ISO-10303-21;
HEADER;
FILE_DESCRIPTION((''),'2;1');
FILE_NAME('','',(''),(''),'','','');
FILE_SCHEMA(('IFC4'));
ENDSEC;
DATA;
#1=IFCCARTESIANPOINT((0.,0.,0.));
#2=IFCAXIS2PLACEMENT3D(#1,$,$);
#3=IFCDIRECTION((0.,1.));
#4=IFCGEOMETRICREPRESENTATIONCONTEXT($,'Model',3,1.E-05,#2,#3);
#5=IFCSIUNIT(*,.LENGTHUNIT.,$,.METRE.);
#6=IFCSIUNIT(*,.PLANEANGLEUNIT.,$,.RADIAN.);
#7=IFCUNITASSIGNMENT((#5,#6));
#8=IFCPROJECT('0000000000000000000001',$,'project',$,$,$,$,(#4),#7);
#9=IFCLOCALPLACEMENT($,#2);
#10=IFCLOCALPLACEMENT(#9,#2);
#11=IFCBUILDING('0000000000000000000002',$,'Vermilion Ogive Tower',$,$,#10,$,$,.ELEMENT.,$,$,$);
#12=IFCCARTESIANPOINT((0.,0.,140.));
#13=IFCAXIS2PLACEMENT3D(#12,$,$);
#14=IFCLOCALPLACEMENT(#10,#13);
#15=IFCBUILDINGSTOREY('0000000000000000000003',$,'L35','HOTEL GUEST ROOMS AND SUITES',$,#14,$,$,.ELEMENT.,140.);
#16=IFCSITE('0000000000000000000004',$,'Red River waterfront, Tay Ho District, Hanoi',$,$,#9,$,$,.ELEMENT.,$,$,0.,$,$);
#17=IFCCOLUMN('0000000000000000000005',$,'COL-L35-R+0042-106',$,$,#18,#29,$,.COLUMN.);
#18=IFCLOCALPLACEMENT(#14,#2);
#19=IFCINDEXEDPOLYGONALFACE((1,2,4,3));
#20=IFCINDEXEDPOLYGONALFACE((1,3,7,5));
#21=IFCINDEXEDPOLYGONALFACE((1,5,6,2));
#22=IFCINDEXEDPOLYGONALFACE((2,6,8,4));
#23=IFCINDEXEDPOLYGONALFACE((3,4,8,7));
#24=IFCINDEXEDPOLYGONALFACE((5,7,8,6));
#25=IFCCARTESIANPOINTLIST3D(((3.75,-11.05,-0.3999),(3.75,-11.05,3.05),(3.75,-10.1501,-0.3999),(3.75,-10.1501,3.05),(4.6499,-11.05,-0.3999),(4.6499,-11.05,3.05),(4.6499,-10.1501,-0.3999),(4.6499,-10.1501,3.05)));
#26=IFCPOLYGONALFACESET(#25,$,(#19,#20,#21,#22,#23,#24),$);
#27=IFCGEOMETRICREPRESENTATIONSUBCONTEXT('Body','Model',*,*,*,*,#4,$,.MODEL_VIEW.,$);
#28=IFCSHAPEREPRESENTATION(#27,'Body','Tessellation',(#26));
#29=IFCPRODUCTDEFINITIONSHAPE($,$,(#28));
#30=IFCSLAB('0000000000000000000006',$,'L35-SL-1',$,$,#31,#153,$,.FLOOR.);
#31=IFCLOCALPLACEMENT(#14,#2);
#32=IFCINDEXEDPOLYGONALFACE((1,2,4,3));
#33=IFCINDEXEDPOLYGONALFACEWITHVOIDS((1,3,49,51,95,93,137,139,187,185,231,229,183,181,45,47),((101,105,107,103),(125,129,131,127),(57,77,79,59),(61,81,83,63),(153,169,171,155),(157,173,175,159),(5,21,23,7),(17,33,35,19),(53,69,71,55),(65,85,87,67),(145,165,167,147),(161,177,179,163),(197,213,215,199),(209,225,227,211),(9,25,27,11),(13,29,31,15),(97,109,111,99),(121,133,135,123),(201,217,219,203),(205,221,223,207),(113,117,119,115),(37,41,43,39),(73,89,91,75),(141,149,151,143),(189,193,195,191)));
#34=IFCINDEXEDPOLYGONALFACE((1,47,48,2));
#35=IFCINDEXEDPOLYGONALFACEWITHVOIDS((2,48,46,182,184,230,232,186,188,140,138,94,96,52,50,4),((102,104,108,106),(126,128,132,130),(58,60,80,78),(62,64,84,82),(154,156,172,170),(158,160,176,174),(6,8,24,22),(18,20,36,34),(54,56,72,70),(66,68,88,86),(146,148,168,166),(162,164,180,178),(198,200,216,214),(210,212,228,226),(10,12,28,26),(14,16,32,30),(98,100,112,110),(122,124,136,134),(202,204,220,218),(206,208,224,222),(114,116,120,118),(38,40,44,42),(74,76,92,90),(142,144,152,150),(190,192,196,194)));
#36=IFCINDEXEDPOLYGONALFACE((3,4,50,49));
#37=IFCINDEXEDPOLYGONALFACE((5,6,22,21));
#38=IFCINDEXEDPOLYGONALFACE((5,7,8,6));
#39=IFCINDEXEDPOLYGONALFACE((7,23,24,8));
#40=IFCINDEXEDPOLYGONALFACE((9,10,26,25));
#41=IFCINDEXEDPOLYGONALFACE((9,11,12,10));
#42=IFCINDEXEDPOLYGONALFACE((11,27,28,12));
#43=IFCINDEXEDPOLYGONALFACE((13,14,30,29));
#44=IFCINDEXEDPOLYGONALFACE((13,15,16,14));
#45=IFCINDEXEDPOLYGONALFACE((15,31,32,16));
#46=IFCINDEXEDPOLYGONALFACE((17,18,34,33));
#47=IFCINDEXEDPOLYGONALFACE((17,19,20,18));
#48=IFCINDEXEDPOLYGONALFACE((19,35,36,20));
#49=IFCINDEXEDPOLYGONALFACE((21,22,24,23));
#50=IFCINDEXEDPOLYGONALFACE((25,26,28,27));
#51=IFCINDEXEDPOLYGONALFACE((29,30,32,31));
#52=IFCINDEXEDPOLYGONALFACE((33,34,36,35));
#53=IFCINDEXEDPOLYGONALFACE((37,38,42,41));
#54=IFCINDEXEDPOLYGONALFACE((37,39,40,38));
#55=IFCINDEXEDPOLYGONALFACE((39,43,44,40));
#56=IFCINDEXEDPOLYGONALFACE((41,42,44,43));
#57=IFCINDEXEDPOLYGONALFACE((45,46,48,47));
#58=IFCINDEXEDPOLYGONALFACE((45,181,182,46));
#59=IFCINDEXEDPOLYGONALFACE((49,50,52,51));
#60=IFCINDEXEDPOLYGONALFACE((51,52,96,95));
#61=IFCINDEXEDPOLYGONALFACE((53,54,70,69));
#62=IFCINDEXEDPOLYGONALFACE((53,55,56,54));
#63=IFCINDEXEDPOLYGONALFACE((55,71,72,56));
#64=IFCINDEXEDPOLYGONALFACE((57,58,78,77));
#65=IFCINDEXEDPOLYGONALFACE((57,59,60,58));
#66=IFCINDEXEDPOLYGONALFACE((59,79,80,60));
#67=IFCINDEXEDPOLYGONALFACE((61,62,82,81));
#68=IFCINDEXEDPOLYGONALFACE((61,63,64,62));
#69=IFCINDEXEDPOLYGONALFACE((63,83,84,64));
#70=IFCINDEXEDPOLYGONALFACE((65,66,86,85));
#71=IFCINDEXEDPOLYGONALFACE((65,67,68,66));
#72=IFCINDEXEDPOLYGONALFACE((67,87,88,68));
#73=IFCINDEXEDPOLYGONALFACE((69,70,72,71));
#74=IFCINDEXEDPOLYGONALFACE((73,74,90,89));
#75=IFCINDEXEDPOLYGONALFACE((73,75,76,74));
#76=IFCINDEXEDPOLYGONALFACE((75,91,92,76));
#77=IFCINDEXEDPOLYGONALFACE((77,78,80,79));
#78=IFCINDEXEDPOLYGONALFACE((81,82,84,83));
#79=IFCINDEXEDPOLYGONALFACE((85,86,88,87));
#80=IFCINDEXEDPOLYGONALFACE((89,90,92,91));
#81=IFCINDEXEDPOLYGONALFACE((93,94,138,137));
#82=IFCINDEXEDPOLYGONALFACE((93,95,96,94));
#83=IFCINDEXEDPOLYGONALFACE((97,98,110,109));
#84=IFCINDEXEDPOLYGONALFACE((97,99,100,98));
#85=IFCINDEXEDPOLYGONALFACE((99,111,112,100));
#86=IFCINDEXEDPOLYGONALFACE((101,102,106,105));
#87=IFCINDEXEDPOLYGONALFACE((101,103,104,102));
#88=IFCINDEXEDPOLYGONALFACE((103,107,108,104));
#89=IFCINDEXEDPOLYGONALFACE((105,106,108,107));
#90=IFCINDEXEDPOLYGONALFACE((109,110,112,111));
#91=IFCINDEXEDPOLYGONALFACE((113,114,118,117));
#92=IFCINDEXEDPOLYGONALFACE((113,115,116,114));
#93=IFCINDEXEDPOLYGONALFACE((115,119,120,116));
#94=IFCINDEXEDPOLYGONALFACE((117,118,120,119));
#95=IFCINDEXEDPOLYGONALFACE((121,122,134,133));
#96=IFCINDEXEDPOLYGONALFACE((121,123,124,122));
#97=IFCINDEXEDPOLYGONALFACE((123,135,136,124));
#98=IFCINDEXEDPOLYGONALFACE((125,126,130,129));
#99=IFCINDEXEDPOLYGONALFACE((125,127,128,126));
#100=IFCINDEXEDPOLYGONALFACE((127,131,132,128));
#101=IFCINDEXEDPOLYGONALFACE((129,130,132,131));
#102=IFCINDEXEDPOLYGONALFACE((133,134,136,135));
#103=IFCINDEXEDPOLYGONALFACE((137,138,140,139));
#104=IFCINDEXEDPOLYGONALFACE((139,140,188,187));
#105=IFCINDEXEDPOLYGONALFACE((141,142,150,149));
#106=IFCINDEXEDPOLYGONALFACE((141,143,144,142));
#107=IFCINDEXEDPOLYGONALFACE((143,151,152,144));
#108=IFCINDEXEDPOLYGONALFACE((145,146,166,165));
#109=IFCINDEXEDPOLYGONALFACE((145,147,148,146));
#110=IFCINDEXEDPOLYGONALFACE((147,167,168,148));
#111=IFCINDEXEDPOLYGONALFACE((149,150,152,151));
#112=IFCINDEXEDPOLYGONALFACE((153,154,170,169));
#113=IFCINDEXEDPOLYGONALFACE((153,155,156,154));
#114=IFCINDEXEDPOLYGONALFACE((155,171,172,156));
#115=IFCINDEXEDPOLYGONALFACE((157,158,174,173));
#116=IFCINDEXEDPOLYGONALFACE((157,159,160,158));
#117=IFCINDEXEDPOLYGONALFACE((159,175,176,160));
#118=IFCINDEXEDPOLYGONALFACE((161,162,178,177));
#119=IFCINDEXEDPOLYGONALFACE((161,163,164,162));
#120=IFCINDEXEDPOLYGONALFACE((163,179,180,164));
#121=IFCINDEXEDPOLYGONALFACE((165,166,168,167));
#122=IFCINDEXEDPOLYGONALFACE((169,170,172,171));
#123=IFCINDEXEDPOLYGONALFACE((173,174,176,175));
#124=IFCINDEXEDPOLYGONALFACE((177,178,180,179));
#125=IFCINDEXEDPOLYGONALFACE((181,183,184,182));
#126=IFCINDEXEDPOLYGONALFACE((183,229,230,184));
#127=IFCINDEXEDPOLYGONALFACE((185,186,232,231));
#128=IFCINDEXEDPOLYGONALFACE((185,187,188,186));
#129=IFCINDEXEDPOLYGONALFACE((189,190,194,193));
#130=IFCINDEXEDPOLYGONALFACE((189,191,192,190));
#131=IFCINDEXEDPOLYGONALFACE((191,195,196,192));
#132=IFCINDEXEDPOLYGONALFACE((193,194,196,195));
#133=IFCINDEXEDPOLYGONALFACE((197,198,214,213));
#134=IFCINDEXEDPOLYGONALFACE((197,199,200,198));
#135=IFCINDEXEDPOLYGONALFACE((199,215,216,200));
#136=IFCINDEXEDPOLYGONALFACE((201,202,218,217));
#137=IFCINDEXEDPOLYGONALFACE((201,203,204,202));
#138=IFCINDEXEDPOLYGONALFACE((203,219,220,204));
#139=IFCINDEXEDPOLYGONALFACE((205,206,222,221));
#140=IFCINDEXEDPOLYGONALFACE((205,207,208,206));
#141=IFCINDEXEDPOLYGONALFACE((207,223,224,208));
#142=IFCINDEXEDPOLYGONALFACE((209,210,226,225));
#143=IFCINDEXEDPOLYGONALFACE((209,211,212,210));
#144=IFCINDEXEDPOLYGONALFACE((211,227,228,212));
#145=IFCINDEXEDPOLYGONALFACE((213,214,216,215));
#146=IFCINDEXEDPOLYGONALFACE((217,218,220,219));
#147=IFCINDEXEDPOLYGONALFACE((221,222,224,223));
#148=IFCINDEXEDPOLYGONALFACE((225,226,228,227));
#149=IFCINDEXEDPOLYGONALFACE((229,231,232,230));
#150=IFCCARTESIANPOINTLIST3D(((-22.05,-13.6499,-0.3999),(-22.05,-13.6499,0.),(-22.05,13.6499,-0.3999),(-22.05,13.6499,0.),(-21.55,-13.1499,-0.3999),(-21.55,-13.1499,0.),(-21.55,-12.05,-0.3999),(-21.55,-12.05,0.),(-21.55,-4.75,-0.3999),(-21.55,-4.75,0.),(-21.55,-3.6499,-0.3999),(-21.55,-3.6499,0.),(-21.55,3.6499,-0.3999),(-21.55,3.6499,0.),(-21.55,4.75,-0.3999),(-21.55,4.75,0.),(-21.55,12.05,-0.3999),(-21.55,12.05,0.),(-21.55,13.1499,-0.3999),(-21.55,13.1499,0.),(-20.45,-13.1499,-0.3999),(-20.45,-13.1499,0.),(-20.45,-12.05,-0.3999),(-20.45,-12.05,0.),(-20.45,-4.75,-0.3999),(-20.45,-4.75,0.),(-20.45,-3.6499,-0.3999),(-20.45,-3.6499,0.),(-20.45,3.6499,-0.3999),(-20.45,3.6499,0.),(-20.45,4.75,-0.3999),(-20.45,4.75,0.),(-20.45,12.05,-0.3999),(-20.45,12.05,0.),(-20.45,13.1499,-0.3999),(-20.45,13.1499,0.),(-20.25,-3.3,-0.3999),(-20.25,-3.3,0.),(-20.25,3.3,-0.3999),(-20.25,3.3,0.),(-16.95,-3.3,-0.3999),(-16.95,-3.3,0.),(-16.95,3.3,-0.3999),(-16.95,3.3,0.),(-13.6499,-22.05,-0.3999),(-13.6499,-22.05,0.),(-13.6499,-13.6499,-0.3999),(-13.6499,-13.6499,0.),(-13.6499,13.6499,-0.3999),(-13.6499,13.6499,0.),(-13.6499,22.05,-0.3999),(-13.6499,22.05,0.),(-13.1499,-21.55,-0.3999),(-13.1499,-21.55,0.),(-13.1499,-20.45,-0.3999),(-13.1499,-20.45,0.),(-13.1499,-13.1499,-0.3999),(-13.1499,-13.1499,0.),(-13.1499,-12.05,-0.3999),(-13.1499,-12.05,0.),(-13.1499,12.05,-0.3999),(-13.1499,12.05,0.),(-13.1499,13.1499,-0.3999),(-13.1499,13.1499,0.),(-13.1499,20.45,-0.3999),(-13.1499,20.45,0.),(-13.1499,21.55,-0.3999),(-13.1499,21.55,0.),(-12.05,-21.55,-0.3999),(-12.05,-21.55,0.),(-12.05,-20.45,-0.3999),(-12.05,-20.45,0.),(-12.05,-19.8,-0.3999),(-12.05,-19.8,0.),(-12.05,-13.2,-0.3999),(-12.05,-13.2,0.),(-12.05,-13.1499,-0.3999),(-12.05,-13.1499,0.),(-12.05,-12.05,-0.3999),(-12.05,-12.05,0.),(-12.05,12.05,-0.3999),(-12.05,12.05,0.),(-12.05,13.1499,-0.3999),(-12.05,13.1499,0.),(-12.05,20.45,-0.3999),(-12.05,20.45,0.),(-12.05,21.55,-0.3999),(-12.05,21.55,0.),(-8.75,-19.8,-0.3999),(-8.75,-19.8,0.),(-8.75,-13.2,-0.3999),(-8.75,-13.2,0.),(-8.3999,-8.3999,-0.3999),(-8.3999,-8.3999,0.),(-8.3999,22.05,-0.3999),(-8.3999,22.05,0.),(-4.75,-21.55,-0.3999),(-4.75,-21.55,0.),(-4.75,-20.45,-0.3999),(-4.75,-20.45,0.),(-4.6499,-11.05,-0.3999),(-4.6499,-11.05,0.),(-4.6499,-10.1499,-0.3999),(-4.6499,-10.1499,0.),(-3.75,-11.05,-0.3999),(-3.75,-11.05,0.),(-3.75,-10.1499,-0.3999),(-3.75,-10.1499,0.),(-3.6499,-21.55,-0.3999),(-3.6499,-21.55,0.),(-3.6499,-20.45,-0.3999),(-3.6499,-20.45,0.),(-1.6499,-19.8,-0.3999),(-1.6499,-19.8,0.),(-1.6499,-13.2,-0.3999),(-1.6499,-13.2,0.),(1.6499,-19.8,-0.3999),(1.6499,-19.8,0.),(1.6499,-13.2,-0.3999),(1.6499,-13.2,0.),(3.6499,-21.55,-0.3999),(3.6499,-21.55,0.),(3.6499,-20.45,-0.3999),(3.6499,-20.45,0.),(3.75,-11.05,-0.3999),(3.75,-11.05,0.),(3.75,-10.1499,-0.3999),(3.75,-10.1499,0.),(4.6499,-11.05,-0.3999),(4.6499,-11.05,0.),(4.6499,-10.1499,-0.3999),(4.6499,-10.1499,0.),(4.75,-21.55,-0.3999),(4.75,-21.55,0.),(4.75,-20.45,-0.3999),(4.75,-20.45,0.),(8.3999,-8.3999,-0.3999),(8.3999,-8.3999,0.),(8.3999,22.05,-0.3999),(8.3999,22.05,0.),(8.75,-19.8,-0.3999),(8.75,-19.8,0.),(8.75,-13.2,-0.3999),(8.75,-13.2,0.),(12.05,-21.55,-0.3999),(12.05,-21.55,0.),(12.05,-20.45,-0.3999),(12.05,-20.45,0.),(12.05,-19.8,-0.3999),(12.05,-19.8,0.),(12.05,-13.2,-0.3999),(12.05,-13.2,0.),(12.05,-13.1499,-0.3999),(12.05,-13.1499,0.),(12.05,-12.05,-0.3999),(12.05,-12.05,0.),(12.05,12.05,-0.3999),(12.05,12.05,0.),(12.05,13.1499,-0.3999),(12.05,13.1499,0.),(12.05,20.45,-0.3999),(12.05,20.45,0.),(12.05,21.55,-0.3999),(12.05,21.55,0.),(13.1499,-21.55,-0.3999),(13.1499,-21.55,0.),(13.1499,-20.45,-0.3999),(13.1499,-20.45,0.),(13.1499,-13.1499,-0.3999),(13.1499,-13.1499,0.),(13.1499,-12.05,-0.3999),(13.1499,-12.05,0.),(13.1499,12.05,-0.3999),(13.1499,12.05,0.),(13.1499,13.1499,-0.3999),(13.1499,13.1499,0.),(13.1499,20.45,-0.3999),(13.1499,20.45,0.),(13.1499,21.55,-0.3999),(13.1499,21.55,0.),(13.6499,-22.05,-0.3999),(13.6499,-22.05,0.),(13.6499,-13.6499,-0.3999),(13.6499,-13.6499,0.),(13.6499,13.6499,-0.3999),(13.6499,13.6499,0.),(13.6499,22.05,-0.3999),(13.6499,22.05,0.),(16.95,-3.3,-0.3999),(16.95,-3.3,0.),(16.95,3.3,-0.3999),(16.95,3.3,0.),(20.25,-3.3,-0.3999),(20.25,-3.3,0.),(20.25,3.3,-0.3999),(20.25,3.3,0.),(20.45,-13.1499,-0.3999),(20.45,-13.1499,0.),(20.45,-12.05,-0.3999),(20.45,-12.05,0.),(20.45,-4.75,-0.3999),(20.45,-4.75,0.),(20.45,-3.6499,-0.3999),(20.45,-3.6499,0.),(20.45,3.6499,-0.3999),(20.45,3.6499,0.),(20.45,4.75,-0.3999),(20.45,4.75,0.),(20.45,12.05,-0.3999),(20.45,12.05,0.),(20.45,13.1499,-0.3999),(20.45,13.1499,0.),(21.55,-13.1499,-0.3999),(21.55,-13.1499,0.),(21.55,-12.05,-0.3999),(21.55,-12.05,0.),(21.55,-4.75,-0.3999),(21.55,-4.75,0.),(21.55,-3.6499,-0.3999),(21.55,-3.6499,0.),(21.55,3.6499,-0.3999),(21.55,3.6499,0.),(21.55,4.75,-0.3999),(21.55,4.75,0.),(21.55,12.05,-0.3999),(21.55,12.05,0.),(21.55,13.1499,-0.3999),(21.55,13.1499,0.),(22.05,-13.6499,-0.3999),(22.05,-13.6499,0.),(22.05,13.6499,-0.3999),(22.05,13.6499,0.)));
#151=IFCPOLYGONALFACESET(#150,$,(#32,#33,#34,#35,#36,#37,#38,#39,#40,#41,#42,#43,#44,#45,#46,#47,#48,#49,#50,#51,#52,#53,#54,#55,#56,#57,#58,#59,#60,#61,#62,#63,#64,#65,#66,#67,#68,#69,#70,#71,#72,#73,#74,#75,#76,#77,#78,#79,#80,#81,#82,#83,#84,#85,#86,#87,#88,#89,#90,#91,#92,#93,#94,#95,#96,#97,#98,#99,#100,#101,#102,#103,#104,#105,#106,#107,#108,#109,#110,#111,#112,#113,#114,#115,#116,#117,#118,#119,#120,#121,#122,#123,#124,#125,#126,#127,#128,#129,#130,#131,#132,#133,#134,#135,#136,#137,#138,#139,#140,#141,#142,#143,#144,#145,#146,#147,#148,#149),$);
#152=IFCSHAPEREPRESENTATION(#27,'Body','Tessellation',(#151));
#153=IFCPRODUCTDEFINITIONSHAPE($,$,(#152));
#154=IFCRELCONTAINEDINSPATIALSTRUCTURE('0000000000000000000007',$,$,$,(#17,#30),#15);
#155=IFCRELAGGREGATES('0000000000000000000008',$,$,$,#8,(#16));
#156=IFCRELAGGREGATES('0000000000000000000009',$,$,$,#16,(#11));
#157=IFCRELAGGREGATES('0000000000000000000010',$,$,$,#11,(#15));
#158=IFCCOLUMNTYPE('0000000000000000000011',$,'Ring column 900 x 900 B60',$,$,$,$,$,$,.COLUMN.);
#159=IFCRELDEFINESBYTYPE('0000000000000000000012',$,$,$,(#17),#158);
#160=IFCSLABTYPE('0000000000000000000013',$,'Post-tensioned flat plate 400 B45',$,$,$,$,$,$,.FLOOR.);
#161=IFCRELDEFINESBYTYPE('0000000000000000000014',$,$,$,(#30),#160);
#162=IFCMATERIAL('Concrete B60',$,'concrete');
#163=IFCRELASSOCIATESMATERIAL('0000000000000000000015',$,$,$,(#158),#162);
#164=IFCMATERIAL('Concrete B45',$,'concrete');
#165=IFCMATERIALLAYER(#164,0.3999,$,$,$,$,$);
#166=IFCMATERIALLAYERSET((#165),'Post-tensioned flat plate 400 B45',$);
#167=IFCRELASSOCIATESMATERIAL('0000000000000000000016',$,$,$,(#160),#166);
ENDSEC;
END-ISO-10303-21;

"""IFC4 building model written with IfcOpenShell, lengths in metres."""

from ifc_helpers import new_model, si_unit, direction, frame, origin, origin_2d, place, context, subcontext, project, spatial, polyline, rectangle, outline, extrude, material, layer, layer_set, material_profile, profile_set, type_object, element, save


model = new_model("IFC4")

# Units and contexts
model_context = context("Model", 3, precision=1e-05, world=origin(), true_north=direction((0.0, 1.0)))
body_context = subcontext(model_context, "Body", "Model", "MODEL_VIEW")
ifc_project = project(units=[si_unit("LENGTHUNIT", "METRE"), si_unit("PLANEANGLEUNIT", "RADIAN")], contexts=[model_context])

# Site, building, storey
site_placement = place(None, origin())
site = spatial("IfcSite", under=ifc_project, at=site_placement, Name="Red River waterfront, Tay Ho District, Hanoi", CompositionType="ELEMENT", RefElevation=0.0)
building_placement = place(site_placement, origin())
building = spatial("IfcBuilding", under=site, at=building_placement, Name="Vermilion Ogive Tower", CompositionType="ELEMENT")
storey_placement = place(building_placement, frame((0.0, 0.0, 140.0)))
storey = spatial("IfcBuildingStorey", under=building, at=storey_placement, Name="L35", Description="HOTEL GUEST ROOMS AND SUITES", CompositionType="ELEMENT", Elevation=140.0)

# Column
ifc_material_1 = material(Name="Concrete B60", Category="concrete")
ifc_material_profile = material_profile(ifc_material_1, rectangle(XDim=0.8999, YDim=0.8999, at=origin_2d()), Name="900 x 900")
ifc_profile_set = profile_set([ifc_material_profile], Name="Concrete B60")
column_type = type_object("IfcColumnType", Name="Ring column 900 x 900 B60", PredefinedType="COLUMN", material=ifc_profile_set)
column_placement = place(storey_placement, frame((4.2, -10.6001, -0.3999), z_axis=(0.0, 0.0, 1.0), x_axis=(1.0, 0.0, 0.0)))
element("IfcColumn", 1, at=column_placement, inside=storey, type_object=column_type, Name="COL-L35-R+0042-106", PredefinedType="COLUMN", context=body_context, shape_type="SweptSolid", body=[
    extrude(rectangle(XDim=0.8999, YDim=0.8999, at=origin_2d()), origin(), (0.0, 0.0, 1.0), 3.45),
])

# Slab
ifc_material_2 = material(Name="Concrete B45", Category="concrete")
ifc_layer_1 = layer(ifc_material_2, 0.3999)
ifc_layer_set_1 = layer_set([ifc_layer_1], Name="Post-tensioned flat plate 400 B45")
slab_type = type_object("IfcSlabType", Name="Post-tensioned flat plate 400 B45", PredefinedType="FLOOR", material=ifc_layer_set_1)
slab_placement = place(storey_placement, frame((0.0, 0.0, -0.3999)))
element("IfcSlab", 2, at=slab_placement, inside=storey, type_object=slab_type, Name="L35-SL-1", PredefinedType="FLOOR", context=body_context, shape_type="SweptSolid", body=[
    extrude(outline(polyline([(-13.6499, -13.6499), (-22.05, -13.6499), (-22.05, 13.6499), (-13.6499, 13.6499), (-13.6499, 22.05), (-8.3999, 22.05), (-8.3999, -8.3999), (8.3999, -8.3999), (8.3999, 22.05), (13.6499, 22.05), (13.6499, 13.6499), (22.05, 13.6499), (22.05, -13.6499), (13.6499, -13.6499), (13.6499, -22.05), (-13.6499, -22.05), (-13.6499, -13.6499)]), holes=[polyline([(21.55, 12.05), (21.55, 13.1499), (20.45, 13.1499), (20.45, 12.05), (21.55, 12.05)]), polyline([(21.55, 3.6499), (21.55, 4.75), (20.45, 4.75), (20.45, 3.6499), (21.55, 3.6499)]), polyline([(21.55, -4.75), (21.55, -3.6499), (20.45, -3.6499), (20.45, -4.75), (21.55, -4.75)]), polyline([(21.55, -13.1499), (21.55, -12.05), (20.45, -12.05), (20.45, -13.1499), (21.55, -13.1499)]), polyline([(20.25, -3.3), (20.25, 3.3), (16.95, 3.3), (16.95, -3.3), (20.25, -3.3)]), polyline([(13.1499, 20.45), (13.1499, 21.55), (12.05, 21.55), (12.05, 20.45), (13.1499, 20.45)]), polyline([(13.1499, 12.05), (13.1499, 13.1499), (12.05, 13.1499), (12.05, 12.05), (13.1499, 12.05)]), polyline([(13.1499, -13.1499), (13.1499, -12.05), (12.05, -12.05), (12.05, -13.1499), (13.1499, -13.1499)]), polyline([(13.1499, -21.55), (13.1499, -20.45), (12.05, -20.45), (12.05, -21.55), (13.1499, -21.55)]), polyline([(12.05, -19.8), (12.05, -13.2), (8.75, -13.2), (8.75, -19.8), (12.05, -19.8)]), polyline([(4.75, -20.45), (3.6499, -20.45), (3.6499, -21.55), (4.75, -21.55), (4.75, -20.45)]), polyline([(4.6499, -11.05), (4.6499, -10.1499), (3.75, -10.1499), (3.75, -11.05), (4.6499, -11.05)]), polyline([(1.6499, -19.8), (1.6499, -13.2), (-1.6499, -13.2), (-1.6499, -19.8), (1.6499, -19.8)]), polyline([(-3.6499, -21.55), (-3.6499, -20.45), (-4.75, -20.45), (-4.75, -21.55), (-3.6499, -21.55)]), polyline([(-3.75, -11.05), (-3.75, -10.1499), (-4.6499, -10.1499), (-4.6499, -11.05), (-3.75, -11.05)]), polyline([(-8.75, -19.8), (-8.75, -13.2), (-12.05, -13.2), (-12.05, -19.8), (-8.75, -19.8)]), polyline([(-12.05, 20.45), (-12.05, 21.55), (-13.1499, 21.55), (-13.1499, 20.45), (-12.05, 20.45)]), polyline([(-12.05, 12.05), (-12.05, 13.1499), (-13.1499, 13.1499), (-13.1499, 12.05), (-12.05, 12.05)]), polyline([(-12.05, -13.1499), (-12.05, -12.05), (-13.1499, -12.05), (-13.1499, -13.1499), (-12.05, -13.1499)]), polyline([(-12.05, -20.45), (-13.1499, -20.45), (-13.1499, -21.55), (-12.05, -21.55), (-12.05, -20.45)]), polyline([(-16.95, -3.3), (-16.95, 3.3), (-20.25, 3.3), (-20.25, -3.3), (-16.95, -3.3)]), polyline([(-20.45, -13.1499), (-20.45, -12.05), (-21.55, -12.05), (-21.55, -13.1499), (-20.45, -13.1499)]), polyline([(-20.45, 12.05), (-20.45, 13.1499), (-21.55, 13.1499), (-21.55, 12.05), (-20.45, 12.05)]), polyline([(-20.45, 3.6499), (-20.45, 4.75), (-21.55, 4.75), (-21.55, 3.6499), (-20.45, 3.6499)]), polyline([(-20.45, -4.75), (-20.45, -3.6499), (-21.55, -3.6499), (-21.55, -4.75), (-20.45, -4.75)])]), origin(), (0.0, 0.0, 1.0), 0.3999),
])

save(model, "model.ifc")
